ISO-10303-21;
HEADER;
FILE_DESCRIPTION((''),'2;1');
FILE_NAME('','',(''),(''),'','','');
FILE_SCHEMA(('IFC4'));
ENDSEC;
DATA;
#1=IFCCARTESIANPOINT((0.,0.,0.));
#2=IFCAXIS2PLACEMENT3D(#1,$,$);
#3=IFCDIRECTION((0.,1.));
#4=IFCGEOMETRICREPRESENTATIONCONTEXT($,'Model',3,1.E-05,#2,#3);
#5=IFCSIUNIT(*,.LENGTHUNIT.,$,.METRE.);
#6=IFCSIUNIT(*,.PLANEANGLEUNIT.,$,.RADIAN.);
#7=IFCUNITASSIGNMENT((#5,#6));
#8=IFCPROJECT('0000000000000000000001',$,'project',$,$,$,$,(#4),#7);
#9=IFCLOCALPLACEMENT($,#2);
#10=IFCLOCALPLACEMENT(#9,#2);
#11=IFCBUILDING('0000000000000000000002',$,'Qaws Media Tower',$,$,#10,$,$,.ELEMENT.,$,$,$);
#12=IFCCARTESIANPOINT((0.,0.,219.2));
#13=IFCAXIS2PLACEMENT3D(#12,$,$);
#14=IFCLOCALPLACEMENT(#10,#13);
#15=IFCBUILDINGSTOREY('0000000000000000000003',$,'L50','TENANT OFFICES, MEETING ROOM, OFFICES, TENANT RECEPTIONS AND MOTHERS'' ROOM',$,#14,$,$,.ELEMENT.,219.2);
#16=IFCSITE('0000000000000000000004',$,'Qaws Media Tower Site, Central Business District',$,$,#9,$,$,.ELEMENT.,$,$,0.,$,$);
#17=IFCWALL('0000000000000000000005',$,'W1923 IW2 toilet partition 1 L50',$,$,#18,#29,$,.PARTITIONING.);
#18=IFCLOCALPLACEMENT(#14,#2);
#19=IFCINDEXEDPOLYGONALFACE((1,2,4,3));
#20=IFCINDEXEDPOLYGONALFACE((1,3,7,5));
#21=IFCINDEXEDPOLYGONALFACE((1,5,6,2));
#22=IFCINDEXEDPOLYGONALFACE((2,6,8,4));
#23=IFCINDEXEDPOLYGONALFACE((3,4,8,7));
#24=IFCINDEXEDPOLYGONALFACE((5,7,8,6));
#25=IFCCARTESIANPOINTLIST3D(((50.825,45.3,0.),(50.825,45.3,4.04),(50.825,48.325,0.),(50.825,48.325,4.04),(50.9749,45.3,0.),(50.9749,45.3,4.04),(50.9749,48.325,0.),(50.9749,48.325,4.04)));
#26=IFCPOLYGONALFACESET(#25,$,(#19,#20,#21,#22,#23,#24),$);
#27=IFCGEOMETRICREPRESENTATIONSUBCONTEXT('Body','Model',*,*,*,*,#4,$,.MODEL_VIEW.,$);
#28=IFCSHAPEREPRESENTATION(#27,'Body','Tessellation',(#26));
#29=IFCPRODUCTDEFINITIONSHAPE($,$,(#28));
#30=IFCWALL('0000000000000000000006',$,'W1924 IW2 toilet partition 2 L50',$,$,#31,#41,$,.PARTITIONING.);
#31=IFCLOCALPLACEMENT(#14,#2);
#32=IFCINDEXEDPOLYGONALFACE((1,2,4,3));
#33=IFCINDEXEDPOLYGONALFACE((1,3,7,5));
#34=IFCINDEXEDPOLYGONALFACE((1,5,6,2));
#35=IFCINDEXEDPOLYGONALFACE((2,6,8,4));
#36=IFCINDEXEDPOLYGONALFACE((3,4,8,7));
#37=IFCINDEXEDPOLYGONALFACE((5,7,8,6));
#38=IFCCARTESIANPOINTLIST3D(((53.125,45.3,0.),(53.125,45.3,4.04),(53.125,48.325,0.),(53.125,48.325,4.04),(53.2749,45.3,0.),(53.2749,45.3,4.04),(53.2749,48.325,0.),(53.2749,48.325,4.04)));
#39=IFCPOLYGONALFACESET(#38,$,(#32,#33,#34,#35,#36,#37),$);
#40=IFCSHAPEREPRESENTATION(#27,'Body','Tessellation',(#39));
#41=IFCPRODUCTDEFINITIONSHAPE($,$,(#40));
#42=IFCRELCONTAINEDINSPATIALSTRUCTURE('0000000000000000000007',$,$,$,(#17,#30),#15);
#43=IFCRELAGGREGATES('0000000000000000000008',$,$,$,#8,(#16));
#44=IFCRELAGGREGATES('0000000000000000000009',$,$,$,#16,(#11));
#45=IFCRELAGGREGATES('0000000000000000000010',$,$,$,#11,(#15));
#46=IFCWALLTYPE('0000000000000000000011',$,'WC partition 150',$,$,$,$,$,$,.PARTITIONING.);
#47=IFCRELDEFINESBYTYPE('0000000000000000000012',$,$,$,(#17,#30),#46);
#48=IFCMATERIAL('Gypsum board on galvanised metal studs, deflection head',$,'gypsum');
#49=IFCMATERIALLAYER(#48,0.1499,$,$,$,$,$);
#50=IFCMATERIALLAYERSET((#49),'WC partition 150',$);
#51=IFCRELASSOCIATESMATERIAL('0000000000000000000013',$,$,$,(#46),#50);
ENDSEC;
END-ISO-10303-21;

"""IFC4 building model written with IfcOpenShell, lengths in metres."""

from ifc_helpers import new_model, si_unit, direction, frame, frame_2d, origin, place, context, subcontext, project, spatial, rectangle, extrude, material, layer, layer_set, type_object, element, save


model = new_model("IFC4")

# Units and contexts
model_context = context("Model", 3, precision=1e-05, world=origin(), true_north=direction((0.0, 1.0)))
body_context = subcontext(model_context, "Body", "Model", "MODEL_VIEW")
ifc_project = project(units=[si_unit("LENGTHUNIT", "METRE"), si_unit("PLANEANGLEUNIT", "RADIAN")], contexts=[model_context])

# Site, building, storey
site_placement = place(None, origin())
site = spatial("IfcSite", under=ifc_project, at=site_placement, Name="Qaws Media Tower Site, Central Business District", CompositionType="ELEMENT", RefElevation=0.0)
building_placement = place(site_placement, origin())
building = spatial("IfcBuilding", under=site, at=building_placement, Name="Qaws Media Tower", CompositionType="ELEMENT")
storey_placement = place(building_placement, frame((0.0, 0.0, 219.2)))
storey = spatial("IfcBuildingStorey", under=building, at=storey_placement, Name="L50", Description="TENANT OFFICES, MEETING ROOM, OFFICES, TENANT RECEPTIONS AND MOTHERS' ROOM", CompositionType="ELEMENT", Elevation=219.2)

# Walls
ifc_material_1 = material(Name="Gypsum board on galvanised metal studs, deflection head", Category="gypsum")
ifc_layer_1 = layer(ifc_material_1, 0.1499)
ifc_layer_set_1 = layer_set([ifc_layer_1], Name="WC partition 150")
wall_type_1 = type_object("IfcWallType", Name="WC partition 150", PredefinedType="PARTITIONING", material=ifc_layer_set_1)
for number, where, z_axis, x_axis, name in (
    (1, (50.8999, 45.3, 0.0), (0.0, 0.0, 1.0), (0.0, 1.0, 0.0), "W1923 IW2 toilet partition 1 L50"),
    (2, (53.2, 45.3, 0.0), (0.0, 0.0, 1.0), (0.0, 1.0, 0.0), "W1924 IW2 toilet partition 2 L50"),
):
    element("IfcWall", number, at=place(storey_placement, frame(where, z_axis=z_axis, x_axis=x_axis)), inside=storey, type_object=wall_type_1, Name=name, PredefinedType="PARTITIONING", context=body_context, shape_type="SweptSolid", body=[
        extrude(rectangle(XDim=3.0249, YDim=0.1499, at=frame_2d((1.5125, 0.0))), origin(), (0.0, 0.0, 1.0), 4.04),
    ])

save(model, "model.ifc")
